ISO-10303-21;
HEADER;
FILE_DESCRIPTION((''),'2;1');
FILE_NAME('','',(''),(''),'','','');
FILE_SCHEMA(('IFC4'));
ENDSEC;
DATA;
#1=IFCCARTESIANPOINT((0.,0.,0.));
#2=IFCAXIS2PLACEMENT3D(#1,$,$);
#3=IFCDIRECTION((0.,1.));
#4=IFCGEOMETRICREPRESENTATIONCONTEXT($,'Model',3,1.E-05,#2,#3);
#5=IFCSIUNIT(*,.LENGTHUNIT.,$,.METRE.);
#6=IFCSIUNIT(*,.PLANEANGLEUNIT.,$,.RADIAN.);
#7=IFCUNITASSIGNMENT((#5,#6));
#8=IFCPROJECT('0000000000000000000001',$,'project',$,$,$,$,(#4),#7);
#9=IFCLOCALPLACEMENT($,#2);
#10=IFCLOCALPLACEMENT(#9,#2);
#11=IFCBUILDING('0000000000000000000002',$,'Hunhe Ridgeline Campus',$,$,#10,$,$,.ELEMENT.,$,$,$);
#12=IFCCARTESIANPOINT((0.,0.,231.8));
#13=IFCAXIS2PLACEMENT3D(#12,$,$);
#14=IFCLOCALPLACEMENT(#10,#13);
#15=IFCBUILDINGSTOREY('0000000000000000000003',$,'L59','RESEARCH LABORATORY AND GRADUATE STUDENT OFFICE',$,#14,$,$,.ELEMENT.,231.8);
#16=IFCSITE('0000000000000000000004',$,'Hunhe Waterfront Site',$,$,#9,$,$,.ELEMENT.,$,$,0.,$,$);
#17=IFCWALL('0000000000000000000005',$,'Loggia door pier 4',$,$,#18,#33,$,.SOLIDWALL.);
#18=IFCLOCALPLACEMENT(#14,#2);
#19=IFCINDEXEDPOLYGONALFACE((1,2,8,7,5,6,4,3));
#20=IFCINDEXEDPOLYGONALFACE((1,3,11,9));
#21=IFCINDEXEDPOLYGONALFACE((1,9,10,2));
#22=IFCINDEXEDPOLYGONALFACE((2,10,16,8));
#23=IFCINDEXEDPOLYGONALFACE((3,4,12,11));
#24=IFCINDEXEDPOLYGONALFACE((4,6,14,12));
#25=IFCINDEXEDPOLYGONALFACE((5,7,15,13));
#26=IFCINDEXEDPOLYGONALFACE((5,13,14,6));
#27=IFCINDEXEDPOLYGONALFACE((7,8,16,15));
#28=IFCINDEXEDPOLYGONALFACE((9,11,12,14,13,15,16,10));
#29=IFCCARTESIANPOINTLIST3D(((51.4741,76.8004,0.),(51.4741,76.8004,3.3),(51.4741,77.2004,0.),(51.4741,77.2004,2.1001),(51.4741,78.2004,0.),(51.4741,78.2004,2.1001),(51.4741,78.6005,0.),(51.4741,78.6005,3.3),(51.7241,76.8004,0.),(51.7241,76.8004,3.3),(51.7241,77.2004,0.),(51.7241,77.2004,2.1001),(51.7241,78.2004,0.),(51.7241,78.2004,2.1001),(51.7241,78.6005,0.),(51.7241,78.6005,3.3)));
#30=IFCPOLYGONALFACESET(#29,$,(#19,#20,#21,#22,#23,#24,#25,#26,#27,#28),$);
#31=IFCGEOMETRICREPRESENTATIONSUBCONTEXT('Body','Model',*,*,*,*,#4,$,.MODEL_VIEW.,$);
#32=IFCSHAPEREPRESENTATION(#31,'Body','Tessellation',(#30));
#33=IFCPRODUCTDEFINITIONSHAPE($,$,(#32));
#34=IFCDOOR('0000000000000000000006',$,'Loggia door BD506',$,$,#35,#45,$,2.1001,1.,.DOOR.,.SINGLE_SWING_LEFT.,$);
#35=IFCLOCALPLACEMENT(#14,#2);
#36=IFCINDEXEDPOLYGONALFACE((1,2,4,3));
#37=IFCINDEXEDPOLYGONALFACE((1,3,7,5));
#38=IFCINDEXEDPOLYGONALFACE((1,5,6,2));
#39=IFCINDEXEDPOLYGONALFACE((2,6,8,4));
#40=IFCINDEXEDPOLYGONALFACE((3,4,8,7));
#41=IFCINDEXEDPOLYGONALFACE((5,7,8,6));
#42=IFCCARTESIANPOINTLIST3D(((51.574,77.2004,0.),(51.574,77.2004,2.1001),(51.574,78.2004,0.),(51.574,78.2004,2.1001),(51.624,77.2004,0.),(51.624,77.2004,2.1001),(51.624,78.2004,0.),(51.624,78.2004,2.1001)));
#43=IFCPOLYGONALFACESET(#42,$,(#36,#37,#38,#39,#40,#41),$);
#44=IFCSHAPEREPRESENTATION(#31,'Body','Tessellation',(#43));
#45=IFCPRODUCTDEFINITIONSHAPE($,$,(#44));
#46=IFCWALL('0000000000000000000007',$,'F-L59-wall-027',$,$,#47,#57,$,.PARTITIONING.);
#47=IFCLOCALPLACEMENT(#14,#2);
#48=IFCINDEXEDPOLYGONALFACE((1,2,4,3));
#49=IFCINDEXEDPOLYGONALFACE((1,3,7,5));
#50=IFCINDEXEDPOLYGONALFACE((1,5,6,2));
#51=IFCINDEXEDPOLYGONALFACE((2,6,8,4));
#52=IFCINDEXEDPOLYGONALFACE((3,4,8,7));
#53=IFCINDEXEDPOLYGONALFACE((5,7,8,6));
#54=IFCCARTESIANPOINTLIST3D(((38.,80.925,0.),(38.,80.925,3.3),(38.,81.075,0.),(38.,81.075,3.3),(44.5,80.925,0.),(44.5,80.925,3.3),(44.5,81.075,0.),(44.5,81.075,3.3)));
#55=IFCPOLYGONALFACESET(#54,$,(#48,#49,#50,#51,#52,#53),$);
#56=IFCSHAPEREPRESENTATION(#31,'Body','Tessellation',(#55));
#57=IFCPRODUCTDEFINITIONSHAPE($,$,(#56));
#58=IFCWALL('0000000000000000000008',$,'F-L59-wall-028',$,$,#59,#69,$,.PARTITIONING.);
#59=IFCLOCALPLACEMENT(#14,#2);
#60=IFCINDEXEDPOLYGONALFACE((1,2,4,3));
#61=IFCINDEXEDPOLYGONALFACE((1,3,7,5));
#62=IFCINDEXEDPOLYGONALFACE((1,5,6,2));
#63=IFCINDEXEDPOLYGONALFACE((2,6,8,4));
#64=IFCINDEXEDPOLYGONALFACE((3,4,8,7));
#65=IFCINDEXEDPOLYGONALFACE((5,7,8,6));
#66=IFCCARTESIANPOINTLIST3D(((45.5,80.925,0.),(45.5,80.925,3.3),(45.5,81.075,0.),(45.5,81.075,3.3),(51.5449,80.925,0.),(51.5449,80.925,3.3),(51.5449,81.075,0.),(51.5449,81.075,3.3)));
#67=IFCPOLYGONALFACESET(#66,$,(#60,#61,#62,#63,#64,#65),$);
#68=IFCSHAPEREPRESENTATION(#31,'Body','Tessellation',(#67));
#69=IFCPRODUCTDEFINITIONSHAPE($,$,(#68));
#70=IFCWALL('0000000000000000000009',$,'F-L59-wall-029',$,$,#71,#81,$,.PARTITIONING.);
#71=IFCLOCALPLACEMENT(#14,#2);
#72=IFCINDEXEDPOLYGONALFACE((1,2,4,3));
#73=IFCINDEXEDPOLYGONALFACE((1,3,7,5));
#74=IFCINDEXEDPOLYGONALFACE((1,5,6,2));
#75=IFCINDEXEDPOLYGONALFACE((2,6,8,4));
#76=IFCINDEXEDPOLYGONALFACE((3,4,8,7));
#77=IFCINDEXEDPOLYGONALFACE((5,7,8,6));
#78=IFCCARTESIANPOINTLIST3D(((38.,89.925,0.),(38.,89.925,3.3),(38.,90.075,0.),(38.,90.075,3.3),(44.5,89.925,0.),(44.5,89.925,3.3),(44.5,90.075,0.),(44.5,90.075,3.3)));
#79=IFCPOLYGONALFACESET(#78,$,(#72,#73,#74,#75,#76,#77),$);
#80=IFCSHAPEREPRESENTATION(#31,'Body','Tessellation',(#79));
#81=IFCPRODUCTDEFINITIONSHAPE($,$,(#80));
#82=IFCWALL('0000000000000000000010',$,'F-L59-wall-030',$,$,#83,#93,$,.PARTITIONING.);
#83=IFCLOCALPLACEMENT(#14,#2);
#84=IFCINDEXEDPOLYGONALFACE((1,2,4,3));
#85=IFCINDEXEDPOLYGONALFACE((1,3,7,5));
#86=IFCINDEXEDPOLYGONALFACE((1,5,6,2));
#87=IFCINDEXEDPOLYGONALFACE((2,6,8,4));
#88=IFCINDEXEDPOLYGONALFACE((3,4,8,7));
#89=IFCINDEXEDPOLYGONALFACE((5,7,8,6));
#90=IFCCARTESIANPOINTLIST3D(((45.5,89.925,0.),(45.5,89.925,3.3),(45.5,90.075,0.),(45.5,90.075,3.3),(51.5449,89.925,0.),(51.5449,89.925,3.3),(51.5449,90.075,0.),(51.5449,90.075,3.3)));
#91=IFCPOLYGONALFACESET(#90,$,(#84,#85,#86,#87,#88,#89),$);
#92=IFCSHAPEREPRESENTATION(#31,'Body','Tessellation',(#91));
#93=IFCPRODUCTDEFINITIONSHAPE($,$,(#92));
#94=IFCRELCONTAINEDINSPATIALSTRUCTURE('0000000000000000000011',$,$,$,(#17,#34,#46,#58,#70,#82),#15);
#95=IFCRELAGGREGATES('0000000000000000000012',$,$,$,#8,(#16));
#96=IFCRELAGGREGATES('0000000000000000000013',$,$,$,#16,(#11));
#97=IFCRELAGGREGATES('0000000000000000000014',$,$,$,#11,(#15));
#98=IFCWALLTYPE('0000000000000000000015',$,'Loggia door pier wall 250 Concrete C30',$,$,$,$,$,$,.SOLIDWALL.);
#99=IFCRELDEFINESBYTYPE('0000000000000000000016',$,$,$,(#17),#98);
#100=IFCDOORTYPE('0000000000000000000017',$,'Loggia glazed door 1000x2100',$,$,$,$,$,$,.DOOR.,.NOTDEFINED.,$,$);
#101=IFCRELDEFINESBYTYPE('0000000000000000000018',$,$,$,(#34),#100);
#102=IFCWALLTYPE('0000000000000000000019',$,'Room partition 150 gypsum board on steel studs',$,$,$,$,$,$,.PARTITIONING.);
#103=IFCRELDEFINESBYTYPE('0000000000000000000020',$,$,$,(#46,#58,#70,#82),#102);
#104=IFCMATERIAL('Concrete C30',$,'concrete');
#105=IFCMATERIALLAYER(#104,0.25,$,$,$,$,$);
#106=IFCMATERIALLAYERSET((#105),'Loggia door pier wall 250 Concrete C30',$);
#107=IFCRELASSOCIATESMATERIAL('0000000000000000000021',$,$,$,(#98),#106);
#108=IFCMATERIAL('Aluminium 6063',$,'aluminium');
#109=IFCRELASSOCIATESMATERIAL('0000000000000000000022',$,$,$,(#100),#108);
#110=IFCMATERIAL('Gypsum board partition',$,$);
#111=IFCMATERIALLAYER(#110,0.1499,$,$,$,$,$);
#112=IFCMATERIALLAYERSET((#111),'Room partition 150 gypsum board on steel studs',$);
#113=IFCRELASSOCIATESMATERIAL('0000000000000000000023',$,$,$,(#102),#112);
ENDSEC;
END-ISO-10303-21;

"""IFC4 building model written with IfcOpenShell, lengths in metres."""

from ifc_helpers import new_model, si_unit, direction, frame, frame_2d, origin, place, context, subcontext, project, spatial, rectangle, extrude, material, layer, layer_set, type_object, element, fill, save


model = new_model("IFC4")

# Units and contexts
model_context = context("Model", 3, precision=1e-05, world=origin(), true_north=direction((0.0, 1.0)))
body_context = subcontext(model_context, "Body", "Model", "MODEL_VIEW")
ifc_project = project(units=[si_unit("LENGTHUNIT", "METRE"), si_unit("PLANEANGLEUNIT", "RADIAN")], contexts=[model_context])

# Site, building, storey
site_placement = place(None, origin())
site = spatial("IfcSite", under=ifc_project, at=site_placement, Name="Hunhe Waterfront Site", CompositionType="ELEMENT", RefElevation=0.0)
building_placement = place(site_placement, origin())
building = spatial("IfcBuilding", under=site, at=building_placement, Name="Hunhe Ridgeline Campus", CompositionType="ELEMENT")
storey_placement = place(building_placement, frame((0.0, 0.0, 231.8)))
storey = spatial("IfcBuildingStorey", under=building, at=storey_placement, Name="L59", Description="RESEARCH LABORATORY AND GRADUATE STUDENT OFFICE", CompositionType="ELEMENT", Elevation=231.8)

# Shared definitions
ifc_material_1 = material(Name="Aluminium 6063", Category="aluminium")

# Wall, opening, door
ifc_material_2 = material(Name="Concrete C30", Category="concrete")
ifc_layer_1 = layer(ifc_material_2, 0.25)
ifc_layer_set_1 = layer_set([ifc_layer_1], Name="Loggia door pier wall 250 Concrete C30")
wall_type_1 = type_object("IfcWallType", Name="Loggia door pier wall 250 Concrete C30", PredefinedType="SOLIDWALL", material=ifc_layer_set_1)
wall_1_placement = place(storey_placement, frame((51.5991, 76.8005, 0.0), z_axis=(0.0, 0.0, 1.0), x_axis=(0.0, 1.0, 0.0)))
wall_1 = element("IfcWall", 1, at=wall_1_placement, inside=storey, type_object=wall_type_1, Name="Loggia door pier 4", PredefinedType="SOLIDWALL", context=body_context, shape_type="SweptSolid", body=[
    extrude(rectangle(XDim=1.8, YDim=0.25, at=frame_2d((0.8999, 0.0))), origin(), (0.0, 0.0, 1.0), 3.3),
])
opening_placement = place(wall_1_placement, frame((0.3999, 0.0, 0.0)))
opening = element("IfcOpeningElement", 2, at=opening_placement, cuts=wall_1, PredefinedType="OPENING", context=body_context, shape_type="SweptSolid", body=[
    extrude(rectangle(XDim=1.0, YDim=2.1001, at=frame_2d((0.5, 1.05))), frame((0.0, 0.125, 0.0), z_axis=(0.0, -1.0, 0.0), x_axis=(1.0, 0.0, 0.0)), (0.0, 0.0, 1.0), 0.25),
])
door_type = type_object("IfcDoorType", Name="Loggia glazed door 1000x2100", OperationType="NOTDEFINED", PredefinedType="DOOR", material=ifc_material_1)
door_placement = place(opening_placement, frame((1.0, 0.0, 0.0), z_axis=(0.0, 0.0, 1.0), x_axis=(-1.0, 0.0, 0.0)))
door = element("IfcDoor", 3, at=door_placement, inside=storey, type_object=door_type, Name="Loggia door BD506", OperationType="SINGLE_SWING_LEFT", OverallHeight=2.1001, OverallWidth=1.0, PredefinedType="DOOR", context=body_context, shape_type="SweptSolid", body=[
    extrude(rectangle(XDim=1.0, YDim=2.1001, at=frame_2d((0.5, 1.05))), frame((0.0, 0.0249, 0.0), z_axis=(0.0, -1.0, 0.0), x_axis=(1.0, 0.0, 0.0)), (0.0, 0.0, 1.0), 0.05),
])
fill(opening, door)

# Walls
ifc_material_3 = material(Name="Gypsum board partition")
ifc_layer_2 = layer(ifc_material_3, 0.1499)
ifc_layer_set_2 = layer_set([ifc_layer_2], Name="Room partition 150 gypsum board on steel studs")
wall_type_2 = type_object("IfcWallType", Name="Room partition 150 gypsum board on steel studs", PredefinedType="PARTITIONING", material=ifc_layer_set_2)
wall_2_placement = place(storey_placement, frame((38.0, 81.0, 0.0), z_axis=(0.0, 0.0, 1.0), x_axis=(1.0, 0.0, 0.0)))
element("IfcWall", 4, at=wall_2_placement, inside=storey, type_object=wall_type_2, Name="F-L59-wall-027", PredefinedType="PARTITIONING", context=body_context, shape_type="SweptSolid", body=[
    extrude(rectangle(XDim=6.5, YDim=0.1499, at=frame_2d((3.25, 0.0))), origin(), (0.0, 0.0, 1.0), 3.3),
])
wall_3_placement = place(storey_placement, frame((45.5, 81.0, 0.0), z_axis=(0.0, 0.0, 1.0), x_axis=(1.0, 0.0, 0.0)))
element("IfcWall", 5, at=wall_3_placement, inside=storey, type_object=wall_type_2, Name="F-L59-wall-028", PredefinedType="PARTITIONING", context=body_context, shape_type="SweptSolid", body=[
    extrude(rectangle(XDim=6.0449, YDim=0.1499, at=frame_2d((3.0225, 0.0))), origin(), (0.0, 0.0, 1.0), 3.3),
])
wall_4_placement = place(storey_placement, frame((38.0, 90.0, 0.0), z_axis=(0.0, 0.0, 1.0), x_axis=(1.0, 0.0, 0.0)))
element("IfcWall", 6, at=wall_4_placement, inside=storey, type_object=wall_type_2, Name="F-L59-wall-029", PredefinedType="PARTITIONING", context=body_context, shape_type="SweptSolid", body=[
    extrude(rectangle(XDim=6.5, YDim=0.1499, at=frame_2d((3.25, 0.0))), origin(), (0.0, 0.0, 1.0), 3.3),
])
wall_5_placement = place(storey_placement, frame((45.5, 90.0, 0.0), z_axis=(0.0, 0.0, 1.0), x_axis=(1.0, 0.0, 0.0)))
element("IfcWall", 7, at=wall_5_placement, inside=storey, type_object=wall_type_2, Name="F-L59-wall-030", PredefinedType="PARTITIONING", context=body_context, shape_type="SweptSolid", body=[
    extrude(rectangle(XDim=6.0449, YDim=0.1499, at=frame_2d((3.0225, 0.0))), origin(), (0.0, 0.0, 1.0), 3.3),
])

save(model, "model.ifc")
